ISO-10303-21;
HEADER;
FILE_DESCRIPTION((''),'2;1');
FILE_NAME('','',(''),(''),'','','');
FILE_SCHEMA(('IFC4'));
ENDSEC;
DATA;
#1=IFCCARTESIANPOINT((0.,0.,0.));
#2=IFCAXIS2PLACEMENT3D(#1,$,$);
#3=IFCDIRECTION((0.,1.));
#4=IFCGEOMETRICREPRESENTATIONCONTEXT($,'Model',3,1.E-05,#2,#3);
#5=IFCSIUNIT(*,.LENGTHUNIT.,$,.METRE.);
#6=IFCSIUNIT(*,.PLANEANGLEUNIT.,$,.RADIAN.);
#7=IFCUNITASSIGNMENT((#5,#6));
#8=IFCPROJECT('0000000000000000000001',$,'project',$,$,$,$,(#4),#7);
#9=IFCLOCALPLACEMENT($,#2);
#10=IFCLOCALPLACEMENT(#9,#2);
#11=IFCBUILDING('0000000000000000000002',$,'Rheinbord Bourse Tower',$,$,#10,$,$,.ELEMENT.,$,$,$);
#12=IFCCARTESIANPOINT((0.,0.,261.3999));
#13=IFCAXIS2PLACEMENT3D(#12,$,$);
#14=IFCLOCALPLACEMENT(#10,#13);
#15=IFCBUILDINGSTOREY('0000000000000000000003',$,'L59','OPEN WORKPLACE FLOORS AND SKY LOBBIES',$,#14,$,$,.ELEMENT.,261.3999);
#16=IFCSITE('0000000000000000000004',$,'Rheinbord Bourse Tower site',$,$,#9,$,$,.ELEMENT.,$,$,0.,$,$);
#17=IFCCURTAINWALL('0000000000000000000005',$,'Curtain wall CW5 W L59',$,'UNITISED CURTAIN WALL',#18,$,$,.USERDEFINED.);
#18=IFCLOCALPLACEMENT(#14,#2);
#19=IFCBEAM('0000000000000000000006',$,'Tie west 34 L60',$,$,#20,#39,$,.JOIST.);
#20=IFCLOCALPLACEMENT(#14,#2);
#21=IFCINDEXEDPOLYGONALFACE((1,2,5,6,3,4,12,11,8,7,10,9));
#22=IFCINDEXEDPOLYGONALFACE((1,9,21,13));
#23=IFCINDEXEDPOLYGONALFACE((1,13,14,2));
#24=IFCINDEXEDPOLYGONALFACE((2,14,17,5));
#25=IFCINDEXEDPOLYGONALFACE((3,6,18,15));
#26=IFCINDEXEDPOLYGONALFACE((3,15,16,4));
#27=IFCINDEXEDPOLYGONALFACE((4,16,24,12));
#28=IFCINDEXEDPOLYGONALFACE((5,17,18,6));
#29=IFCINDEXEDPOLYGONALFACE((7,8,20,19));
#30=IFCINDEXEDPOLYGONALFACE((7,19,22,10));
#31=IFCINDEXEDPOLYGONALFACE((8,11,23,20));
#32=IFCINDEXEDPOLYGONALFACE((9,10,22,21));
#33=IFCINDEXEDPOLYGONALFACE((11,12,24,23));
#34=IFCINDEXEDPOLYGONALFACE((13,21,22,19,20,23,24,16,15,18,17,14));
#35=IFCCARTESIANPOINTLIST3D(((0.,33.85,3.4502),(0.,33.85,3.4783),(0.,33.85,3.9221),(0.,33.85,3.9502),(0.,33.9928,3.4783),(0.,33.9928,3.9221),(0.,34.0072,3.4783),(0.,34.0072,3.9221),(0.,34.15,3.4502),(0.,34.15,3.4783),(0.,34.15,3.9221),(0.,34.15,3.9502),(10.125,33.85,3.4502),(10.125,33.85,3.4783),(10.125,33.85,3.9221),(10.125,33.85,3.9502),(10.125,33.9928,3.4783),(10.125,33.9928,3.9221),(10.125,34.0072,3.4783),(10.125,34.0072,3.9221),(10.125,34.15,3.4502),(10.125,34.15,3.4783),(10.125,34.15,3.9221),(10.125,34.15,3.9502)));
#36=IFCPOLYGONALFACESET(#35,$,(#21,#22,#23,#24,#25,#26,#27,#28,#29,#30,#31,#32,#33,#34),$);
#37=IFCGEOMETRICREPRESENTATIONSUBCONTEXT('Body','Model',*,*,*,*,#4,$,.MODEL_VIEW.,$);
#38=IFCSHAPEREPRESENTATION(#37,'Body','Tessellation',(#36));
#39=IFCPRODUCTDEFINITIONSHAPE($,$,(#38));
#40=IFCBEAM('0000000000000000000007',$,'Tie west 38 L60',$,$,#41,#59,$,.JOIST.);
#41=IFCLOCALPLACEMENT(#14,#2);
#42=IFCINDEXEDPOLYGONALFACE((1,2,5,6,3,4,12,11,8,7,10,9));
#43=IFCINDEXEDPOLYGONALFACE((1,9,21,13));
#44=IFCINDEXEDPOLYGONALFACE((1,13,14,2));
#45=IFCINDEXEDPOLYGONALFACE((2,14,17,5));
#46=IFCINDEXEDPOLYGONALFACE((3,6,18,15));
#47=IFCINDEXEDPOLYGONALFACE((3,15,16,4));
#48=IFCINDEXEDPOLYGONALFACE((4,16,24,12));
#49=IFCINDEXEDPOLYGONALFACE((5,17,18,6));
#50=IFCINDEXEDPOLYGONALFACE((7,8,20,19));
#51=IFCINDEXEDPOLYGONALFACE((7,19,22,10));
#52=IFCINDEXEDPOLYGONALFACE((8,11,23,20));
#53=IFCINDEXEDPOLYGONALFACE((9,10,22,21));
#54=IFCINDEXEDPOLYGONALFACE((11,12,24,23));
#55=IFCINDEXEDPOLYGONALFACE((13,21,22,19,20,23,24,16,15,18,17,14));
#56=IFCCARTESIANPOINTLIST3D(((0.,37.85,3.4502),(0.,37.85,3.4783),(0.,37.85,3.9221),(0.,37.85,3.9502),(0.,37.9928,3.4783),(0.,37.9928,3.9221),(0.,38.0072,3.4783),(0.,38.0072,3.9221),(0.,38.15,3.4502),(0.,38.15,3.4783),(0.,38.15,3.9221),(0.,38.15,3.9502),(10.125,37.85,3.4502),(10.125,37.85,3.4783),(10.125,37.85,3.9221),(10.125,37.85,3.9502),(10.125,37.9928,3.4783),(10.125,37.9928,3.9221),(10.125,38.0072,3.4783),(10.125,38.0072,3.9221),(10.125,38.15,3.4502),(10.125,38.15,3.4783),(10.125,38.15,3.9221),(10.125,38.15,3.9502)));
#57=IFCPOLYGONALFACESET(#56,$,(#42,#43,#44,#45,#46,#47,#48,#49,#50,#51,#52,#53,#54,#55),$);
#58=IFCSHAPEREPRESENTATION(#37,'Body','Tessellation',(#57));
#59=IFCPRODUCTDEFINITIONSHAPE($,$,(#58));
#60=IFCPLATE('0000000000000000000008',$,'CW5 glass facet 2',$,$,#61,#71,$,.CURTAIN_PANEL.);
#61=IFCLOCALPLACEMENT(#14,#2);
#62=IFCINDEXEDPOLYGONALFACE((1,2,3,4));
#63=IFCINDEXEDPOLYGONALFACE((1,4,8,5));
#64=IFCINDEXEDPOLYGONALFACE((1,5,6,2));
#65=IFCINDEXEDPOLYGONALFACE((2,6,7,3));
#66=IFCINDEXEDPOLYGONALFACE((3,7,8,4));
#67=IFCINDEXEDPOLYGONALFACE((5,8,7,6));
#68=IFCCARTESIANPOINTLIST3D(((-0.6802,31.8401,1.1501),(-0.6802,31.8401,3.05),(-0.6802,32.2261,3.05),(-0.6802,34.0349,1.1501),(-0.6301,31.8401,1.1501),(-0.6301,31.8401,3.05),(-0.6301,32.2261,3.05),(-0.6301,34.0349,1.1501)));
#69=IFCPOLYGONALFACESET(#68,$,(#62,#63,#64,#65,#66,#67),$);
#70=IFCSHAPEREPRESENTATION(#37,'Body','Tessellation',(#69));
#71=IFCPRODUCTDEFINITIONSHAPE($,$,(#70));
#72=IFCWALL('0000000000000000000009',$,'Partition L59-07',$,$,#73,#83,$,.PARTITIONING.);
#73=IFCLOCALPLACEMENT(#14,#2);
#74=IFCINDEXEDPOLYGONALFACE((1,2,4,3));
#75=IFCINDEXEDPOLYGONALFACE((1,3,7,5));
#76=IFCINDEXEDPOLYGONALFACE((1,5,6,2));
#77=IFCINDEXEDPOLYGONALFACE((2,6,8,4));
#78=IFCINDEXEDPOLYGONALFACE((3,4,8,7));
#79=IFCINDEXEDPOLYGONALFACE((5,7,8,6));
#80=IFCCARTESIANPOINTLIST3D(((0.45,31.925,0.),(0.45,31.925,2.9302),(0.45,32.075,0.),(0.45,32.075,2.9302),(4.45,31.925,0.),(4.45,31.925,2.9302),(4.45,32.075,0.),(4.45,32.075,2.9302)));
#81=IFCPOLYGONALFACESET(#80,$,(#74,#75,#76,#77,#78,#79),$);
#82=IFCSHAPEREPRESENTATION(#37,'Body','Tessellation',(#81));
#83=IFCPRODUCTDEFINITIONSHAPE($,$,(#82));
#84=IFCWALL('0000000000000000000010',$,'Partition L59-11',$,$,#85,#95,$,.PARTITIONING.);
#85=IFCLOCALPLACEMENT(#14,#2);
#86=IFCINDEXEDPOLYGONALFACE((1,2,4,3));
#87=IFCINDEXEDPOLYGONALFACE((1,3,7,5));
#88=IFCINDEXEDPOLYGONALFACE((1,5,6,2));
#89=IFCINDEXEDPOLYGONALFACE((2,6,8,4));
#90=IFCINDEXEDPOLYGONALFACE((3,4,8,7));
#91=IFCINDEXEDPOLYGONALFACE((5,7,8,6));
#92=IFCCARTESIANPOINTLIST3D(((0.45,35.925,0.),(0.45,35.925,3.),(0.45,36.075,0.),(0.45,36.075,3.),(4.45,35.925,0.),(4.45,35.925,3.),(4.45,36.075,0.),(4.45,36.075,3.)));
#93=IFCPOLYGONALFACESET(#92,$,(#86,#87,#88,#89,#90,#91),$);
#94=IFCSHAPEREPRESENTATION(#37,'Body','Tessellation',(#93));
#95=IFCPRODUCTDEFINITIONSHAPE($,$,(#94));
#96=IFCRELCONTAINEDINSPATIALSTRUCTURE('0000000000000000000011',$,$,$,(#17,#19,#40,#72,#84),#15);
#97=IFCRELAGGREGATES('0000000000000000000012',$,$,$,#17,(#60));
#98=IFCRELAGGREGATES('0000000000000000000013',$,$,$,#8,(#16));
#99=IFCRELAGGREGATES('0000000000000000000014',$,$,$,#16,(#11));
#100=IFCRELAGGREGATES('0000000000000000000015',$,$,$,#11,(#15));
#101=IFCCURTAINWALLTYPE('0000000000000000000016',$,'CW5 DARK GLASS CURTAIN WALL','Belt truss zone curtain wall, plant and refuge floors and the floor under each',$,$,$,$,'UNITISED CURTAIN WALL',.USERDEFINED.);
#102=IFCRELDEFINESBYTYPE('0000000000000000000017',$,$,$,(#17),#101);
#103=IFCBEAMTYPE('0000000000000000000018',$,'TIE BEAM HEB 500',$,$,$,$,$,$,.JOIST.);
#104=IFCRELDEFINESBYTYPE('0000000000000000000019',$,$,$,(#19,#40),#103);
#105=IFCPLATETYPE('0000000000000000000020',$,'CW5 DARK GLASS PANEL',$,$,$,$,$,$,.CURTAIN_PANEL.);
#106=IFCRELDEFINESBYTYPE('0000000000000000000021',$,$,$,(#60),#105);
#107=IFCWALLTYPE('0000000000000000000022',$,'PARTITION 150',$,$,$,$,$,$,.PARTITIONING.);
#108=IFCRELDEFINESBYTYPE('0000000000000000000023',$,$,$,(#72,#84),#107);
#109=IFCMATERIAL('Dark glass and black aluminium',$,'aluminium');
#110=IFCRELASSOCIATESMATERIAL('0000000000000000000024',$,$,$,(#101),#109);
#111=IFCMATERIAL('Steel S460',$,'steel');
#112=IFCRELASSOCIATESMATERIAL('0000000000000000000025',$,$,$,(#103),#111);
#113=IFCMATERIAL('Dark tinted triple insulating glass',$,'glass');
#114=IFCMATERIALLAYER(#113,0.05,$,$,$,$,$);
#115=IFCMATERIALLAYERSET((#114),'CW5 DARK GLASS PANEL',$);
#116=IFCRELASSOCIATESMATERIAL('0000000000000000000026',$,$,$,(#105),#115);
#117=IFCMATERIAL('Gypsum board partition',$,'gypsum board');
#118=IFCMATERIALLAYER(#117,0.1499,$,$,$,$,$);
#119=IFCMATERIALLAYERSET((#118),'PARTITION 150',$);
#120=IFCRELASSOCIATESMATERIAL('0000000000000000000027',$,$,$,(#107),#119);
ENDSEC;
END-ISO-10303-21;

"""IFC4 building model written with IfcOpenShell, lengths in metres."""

from ifc_helpers import new_model, si_unit, direction, frame, frame_2d, origin, origin_2d, place, context, subcontext, project, spatial, polyline, rectangle, i_section, outline, extrude, material, layer, layer_set, material_profile, profile_set, type_object, element, aggregate, save


model = new_model("IFC4")

# Units and contexts
model_context = context("Model", 3, precision=1e-05, world=origin(), true_north=direction((0.0, 1.0)))
body_context = subcontext(model_context, "Body", "Model", "MODEL_VIEW")
ifc_project = project(units=[si_unit("LENGTHUNIT", "METRE"), si_unit("PLANEANGLEUNIT", "RADIAN")], contexts=[model_context])

# Site, building, storey
site_placement = place(None, origin())
site = spatial("IfcSite", under=ifc_project, at=site_placement, Name="Rheinbord Bourse Tower site", CompositionType="ELEMENT", RefElevation=0.0)
building_placement = place(site_placement, origin())
building = spatial("IfcBuilding", under=site, at=building_placement, Name="Rheinbord Bourse Tower", CompositionType="ELEMENT")
storey_placement = place(building_placement, frame((0.0, 0.0, 261.3999)))
storey = spatial("IfcBuildingStorey", under=building, at=storey_placement, Name="L59", Description="OPEN WORKPLACE FLOORS AND SKY LOBBIES", CompositionType="ELEMENT", Elevation=261.3999)

# Curtain wall
ifc_material_1 = material(Name="Dark glass and black aluminium", Category="aluminium")
curtain_wall_type = type_object("IfcCurtainWallType", Name="CW5 DARK GLASS CURTAIN WALL", Description="Belt truss zone curtain wall, plant and refuge floors and the floor under each", ElementType="UNITISED CURTAIN WALL", PredefinedType="USERDEFINED", material=ifc_material_1)
curtain_wall_placement = place(storey_placement, origin())
curtain_wall = element("IfcCurtainWall", 1, at=curtain_wall_placement, inside=storey, type_object=curtain_wall_type, Name="Curtain wall CW5 W L59", ObjectType="UNITISED CURTAIN WALL", PredefinedType="USERDEFINED")

# Beams
ifc_material_2 = material(Name="Steel S460", Category="steel")
ifc_material_profile_1 = material_profile(ifc_material_2, i_section(OverallWidth=0.3, OverallDepth=0.5, WebThickness=0.0144, FlangeThickness=0.0281, at=origin_2d()), Name="HEB 500")
ifc_profile_set_1 = profile_set([ifc_material_profile_1], Name="Steel S460")
beam_type_1 = type_object("IfcBeamType", Name="TIE BEAM HEB 500", PredefinedType="JOIST", material=ifc_profile_set_1)
for number, where, z_axis, x_axis, name in (
    (2, (0.0, 34.0, 3.7002), (1.0, 0.0, 0.0), (0.0, 1.0, 0.0), "Tie west 34 L60"),
    (3, (0.0, 38.0, 3.7002), (1.0, 0.0, 0.0), (0.0, 1.0, 0.0), "Tie west 38 L60"),
):
    element("IfcBeam", number, at=place(storey_placement, frame(where, z_axis=z_axis, x_axis=x_axis)), inside=storey, type_object=beam_type_1, Name=name, PredefinedType="JOIST", context=body_context, shape_type="SweptSolid", body=[
        extrude(i_section(OverallWidth=0.3, OverallDepth=0.5, WebThickness=0.0144, FlangeThickness=0.0281, at=origin_2d()), origin(), (0.0, 0.0, 1.0), 10.125),
    ])

# Plate
ifc_material_3 = material(Name="Dark tinted triple insulating glass", Category="glass")
ifc_layer_1 = layer(ifc_material_3, 0.05)
ifc_layer_set_1 = layer_set([ifc_layer_1], Name="CW5 DARK GLASS PANEL")
plate_type = type_object("IfcPlateType", Name="CW5 DARK GLASS PANEL", PredefinedType="CURTAIN_PANEL", material=ifc_layer_set_1)
plate_placement = place(storey_placement, frame((-0.6802, 31.8401, 3.05), z_axis=(1.0, 0.0, 0.0), x_axis=(0.0, 0.0, -1.0)))
plate = element("IfcPlate", 4, at=plate_placement, type_object=plate_type, Name="CW5 glass facet 2", PredefinedType="CURTAIN_PANEL", context=body_context, shape_type="SweptSolid", body=[
    extrude(outline(polyline([(0.0, 0.0), (1.8999, 0.0), (1.8999, 2.1948), (0.0, 0.386), (0.0, 0.0)])), origin(), (0.0, 0.0, 1.0), 0.05),
])
aggregate(curtain_wall, [plate])

# Walls
ifc_material_4 = material(Name="Gypsum board partition", Category="gypsum board")
ifc_layer_2 = layer(ifc_material_4, 0.1499)
ifc_layer_set_2 = layer_set([ifc_layer_2], Name="PARTITION 150")
wall_type = type_object("IfcWallType", Name="PARTITION 150", PredefinedType="PARTITIONING", material=ifc_layer_set_2)
wall_1_placement = place(storey_placement, frame((0.45, 32.0, 0.0), z_axis=(0.0, 0.0, 1.0), x_axis=(1.0, 0.0, 0.0)))
element("IfcWall", 5, at=wall_1_placement, inside=storey, type_object=wall_type, Name="Partition L59-07", PredefinedType="PARTITIONING", context=body_context, shape_type="SweptSolid", body=[
    extrude(rectangle(XDim=4.0, YDim=0.1499, at=frame_2d((2.0, 0.0))), origin(), (0.0, 0.0, 1.0), 2.9302),
])
wall_2_placement = place(storey_placement, frame((0.45, 36.0, 0.0), z_axis=(0.0, 0.0, 1.0), x_axis=(1.0, 0.0, 0.0)))
element("IfcWall", 6, at=wall_2_placement, inside=storey, type_object=wall_type, Name="Partition L59-11", PredefinedType="PARTITIONING", context=body_context, shape_type="SweptSolid", body=[
    extrude(rectangle(XDim=4.0, YDim=0.1499, at=frame_2d((2.0, 0.0))), origin(), (0.0, 0.0, 1.0), 3.0),
])

save(model, "model.ifc")
